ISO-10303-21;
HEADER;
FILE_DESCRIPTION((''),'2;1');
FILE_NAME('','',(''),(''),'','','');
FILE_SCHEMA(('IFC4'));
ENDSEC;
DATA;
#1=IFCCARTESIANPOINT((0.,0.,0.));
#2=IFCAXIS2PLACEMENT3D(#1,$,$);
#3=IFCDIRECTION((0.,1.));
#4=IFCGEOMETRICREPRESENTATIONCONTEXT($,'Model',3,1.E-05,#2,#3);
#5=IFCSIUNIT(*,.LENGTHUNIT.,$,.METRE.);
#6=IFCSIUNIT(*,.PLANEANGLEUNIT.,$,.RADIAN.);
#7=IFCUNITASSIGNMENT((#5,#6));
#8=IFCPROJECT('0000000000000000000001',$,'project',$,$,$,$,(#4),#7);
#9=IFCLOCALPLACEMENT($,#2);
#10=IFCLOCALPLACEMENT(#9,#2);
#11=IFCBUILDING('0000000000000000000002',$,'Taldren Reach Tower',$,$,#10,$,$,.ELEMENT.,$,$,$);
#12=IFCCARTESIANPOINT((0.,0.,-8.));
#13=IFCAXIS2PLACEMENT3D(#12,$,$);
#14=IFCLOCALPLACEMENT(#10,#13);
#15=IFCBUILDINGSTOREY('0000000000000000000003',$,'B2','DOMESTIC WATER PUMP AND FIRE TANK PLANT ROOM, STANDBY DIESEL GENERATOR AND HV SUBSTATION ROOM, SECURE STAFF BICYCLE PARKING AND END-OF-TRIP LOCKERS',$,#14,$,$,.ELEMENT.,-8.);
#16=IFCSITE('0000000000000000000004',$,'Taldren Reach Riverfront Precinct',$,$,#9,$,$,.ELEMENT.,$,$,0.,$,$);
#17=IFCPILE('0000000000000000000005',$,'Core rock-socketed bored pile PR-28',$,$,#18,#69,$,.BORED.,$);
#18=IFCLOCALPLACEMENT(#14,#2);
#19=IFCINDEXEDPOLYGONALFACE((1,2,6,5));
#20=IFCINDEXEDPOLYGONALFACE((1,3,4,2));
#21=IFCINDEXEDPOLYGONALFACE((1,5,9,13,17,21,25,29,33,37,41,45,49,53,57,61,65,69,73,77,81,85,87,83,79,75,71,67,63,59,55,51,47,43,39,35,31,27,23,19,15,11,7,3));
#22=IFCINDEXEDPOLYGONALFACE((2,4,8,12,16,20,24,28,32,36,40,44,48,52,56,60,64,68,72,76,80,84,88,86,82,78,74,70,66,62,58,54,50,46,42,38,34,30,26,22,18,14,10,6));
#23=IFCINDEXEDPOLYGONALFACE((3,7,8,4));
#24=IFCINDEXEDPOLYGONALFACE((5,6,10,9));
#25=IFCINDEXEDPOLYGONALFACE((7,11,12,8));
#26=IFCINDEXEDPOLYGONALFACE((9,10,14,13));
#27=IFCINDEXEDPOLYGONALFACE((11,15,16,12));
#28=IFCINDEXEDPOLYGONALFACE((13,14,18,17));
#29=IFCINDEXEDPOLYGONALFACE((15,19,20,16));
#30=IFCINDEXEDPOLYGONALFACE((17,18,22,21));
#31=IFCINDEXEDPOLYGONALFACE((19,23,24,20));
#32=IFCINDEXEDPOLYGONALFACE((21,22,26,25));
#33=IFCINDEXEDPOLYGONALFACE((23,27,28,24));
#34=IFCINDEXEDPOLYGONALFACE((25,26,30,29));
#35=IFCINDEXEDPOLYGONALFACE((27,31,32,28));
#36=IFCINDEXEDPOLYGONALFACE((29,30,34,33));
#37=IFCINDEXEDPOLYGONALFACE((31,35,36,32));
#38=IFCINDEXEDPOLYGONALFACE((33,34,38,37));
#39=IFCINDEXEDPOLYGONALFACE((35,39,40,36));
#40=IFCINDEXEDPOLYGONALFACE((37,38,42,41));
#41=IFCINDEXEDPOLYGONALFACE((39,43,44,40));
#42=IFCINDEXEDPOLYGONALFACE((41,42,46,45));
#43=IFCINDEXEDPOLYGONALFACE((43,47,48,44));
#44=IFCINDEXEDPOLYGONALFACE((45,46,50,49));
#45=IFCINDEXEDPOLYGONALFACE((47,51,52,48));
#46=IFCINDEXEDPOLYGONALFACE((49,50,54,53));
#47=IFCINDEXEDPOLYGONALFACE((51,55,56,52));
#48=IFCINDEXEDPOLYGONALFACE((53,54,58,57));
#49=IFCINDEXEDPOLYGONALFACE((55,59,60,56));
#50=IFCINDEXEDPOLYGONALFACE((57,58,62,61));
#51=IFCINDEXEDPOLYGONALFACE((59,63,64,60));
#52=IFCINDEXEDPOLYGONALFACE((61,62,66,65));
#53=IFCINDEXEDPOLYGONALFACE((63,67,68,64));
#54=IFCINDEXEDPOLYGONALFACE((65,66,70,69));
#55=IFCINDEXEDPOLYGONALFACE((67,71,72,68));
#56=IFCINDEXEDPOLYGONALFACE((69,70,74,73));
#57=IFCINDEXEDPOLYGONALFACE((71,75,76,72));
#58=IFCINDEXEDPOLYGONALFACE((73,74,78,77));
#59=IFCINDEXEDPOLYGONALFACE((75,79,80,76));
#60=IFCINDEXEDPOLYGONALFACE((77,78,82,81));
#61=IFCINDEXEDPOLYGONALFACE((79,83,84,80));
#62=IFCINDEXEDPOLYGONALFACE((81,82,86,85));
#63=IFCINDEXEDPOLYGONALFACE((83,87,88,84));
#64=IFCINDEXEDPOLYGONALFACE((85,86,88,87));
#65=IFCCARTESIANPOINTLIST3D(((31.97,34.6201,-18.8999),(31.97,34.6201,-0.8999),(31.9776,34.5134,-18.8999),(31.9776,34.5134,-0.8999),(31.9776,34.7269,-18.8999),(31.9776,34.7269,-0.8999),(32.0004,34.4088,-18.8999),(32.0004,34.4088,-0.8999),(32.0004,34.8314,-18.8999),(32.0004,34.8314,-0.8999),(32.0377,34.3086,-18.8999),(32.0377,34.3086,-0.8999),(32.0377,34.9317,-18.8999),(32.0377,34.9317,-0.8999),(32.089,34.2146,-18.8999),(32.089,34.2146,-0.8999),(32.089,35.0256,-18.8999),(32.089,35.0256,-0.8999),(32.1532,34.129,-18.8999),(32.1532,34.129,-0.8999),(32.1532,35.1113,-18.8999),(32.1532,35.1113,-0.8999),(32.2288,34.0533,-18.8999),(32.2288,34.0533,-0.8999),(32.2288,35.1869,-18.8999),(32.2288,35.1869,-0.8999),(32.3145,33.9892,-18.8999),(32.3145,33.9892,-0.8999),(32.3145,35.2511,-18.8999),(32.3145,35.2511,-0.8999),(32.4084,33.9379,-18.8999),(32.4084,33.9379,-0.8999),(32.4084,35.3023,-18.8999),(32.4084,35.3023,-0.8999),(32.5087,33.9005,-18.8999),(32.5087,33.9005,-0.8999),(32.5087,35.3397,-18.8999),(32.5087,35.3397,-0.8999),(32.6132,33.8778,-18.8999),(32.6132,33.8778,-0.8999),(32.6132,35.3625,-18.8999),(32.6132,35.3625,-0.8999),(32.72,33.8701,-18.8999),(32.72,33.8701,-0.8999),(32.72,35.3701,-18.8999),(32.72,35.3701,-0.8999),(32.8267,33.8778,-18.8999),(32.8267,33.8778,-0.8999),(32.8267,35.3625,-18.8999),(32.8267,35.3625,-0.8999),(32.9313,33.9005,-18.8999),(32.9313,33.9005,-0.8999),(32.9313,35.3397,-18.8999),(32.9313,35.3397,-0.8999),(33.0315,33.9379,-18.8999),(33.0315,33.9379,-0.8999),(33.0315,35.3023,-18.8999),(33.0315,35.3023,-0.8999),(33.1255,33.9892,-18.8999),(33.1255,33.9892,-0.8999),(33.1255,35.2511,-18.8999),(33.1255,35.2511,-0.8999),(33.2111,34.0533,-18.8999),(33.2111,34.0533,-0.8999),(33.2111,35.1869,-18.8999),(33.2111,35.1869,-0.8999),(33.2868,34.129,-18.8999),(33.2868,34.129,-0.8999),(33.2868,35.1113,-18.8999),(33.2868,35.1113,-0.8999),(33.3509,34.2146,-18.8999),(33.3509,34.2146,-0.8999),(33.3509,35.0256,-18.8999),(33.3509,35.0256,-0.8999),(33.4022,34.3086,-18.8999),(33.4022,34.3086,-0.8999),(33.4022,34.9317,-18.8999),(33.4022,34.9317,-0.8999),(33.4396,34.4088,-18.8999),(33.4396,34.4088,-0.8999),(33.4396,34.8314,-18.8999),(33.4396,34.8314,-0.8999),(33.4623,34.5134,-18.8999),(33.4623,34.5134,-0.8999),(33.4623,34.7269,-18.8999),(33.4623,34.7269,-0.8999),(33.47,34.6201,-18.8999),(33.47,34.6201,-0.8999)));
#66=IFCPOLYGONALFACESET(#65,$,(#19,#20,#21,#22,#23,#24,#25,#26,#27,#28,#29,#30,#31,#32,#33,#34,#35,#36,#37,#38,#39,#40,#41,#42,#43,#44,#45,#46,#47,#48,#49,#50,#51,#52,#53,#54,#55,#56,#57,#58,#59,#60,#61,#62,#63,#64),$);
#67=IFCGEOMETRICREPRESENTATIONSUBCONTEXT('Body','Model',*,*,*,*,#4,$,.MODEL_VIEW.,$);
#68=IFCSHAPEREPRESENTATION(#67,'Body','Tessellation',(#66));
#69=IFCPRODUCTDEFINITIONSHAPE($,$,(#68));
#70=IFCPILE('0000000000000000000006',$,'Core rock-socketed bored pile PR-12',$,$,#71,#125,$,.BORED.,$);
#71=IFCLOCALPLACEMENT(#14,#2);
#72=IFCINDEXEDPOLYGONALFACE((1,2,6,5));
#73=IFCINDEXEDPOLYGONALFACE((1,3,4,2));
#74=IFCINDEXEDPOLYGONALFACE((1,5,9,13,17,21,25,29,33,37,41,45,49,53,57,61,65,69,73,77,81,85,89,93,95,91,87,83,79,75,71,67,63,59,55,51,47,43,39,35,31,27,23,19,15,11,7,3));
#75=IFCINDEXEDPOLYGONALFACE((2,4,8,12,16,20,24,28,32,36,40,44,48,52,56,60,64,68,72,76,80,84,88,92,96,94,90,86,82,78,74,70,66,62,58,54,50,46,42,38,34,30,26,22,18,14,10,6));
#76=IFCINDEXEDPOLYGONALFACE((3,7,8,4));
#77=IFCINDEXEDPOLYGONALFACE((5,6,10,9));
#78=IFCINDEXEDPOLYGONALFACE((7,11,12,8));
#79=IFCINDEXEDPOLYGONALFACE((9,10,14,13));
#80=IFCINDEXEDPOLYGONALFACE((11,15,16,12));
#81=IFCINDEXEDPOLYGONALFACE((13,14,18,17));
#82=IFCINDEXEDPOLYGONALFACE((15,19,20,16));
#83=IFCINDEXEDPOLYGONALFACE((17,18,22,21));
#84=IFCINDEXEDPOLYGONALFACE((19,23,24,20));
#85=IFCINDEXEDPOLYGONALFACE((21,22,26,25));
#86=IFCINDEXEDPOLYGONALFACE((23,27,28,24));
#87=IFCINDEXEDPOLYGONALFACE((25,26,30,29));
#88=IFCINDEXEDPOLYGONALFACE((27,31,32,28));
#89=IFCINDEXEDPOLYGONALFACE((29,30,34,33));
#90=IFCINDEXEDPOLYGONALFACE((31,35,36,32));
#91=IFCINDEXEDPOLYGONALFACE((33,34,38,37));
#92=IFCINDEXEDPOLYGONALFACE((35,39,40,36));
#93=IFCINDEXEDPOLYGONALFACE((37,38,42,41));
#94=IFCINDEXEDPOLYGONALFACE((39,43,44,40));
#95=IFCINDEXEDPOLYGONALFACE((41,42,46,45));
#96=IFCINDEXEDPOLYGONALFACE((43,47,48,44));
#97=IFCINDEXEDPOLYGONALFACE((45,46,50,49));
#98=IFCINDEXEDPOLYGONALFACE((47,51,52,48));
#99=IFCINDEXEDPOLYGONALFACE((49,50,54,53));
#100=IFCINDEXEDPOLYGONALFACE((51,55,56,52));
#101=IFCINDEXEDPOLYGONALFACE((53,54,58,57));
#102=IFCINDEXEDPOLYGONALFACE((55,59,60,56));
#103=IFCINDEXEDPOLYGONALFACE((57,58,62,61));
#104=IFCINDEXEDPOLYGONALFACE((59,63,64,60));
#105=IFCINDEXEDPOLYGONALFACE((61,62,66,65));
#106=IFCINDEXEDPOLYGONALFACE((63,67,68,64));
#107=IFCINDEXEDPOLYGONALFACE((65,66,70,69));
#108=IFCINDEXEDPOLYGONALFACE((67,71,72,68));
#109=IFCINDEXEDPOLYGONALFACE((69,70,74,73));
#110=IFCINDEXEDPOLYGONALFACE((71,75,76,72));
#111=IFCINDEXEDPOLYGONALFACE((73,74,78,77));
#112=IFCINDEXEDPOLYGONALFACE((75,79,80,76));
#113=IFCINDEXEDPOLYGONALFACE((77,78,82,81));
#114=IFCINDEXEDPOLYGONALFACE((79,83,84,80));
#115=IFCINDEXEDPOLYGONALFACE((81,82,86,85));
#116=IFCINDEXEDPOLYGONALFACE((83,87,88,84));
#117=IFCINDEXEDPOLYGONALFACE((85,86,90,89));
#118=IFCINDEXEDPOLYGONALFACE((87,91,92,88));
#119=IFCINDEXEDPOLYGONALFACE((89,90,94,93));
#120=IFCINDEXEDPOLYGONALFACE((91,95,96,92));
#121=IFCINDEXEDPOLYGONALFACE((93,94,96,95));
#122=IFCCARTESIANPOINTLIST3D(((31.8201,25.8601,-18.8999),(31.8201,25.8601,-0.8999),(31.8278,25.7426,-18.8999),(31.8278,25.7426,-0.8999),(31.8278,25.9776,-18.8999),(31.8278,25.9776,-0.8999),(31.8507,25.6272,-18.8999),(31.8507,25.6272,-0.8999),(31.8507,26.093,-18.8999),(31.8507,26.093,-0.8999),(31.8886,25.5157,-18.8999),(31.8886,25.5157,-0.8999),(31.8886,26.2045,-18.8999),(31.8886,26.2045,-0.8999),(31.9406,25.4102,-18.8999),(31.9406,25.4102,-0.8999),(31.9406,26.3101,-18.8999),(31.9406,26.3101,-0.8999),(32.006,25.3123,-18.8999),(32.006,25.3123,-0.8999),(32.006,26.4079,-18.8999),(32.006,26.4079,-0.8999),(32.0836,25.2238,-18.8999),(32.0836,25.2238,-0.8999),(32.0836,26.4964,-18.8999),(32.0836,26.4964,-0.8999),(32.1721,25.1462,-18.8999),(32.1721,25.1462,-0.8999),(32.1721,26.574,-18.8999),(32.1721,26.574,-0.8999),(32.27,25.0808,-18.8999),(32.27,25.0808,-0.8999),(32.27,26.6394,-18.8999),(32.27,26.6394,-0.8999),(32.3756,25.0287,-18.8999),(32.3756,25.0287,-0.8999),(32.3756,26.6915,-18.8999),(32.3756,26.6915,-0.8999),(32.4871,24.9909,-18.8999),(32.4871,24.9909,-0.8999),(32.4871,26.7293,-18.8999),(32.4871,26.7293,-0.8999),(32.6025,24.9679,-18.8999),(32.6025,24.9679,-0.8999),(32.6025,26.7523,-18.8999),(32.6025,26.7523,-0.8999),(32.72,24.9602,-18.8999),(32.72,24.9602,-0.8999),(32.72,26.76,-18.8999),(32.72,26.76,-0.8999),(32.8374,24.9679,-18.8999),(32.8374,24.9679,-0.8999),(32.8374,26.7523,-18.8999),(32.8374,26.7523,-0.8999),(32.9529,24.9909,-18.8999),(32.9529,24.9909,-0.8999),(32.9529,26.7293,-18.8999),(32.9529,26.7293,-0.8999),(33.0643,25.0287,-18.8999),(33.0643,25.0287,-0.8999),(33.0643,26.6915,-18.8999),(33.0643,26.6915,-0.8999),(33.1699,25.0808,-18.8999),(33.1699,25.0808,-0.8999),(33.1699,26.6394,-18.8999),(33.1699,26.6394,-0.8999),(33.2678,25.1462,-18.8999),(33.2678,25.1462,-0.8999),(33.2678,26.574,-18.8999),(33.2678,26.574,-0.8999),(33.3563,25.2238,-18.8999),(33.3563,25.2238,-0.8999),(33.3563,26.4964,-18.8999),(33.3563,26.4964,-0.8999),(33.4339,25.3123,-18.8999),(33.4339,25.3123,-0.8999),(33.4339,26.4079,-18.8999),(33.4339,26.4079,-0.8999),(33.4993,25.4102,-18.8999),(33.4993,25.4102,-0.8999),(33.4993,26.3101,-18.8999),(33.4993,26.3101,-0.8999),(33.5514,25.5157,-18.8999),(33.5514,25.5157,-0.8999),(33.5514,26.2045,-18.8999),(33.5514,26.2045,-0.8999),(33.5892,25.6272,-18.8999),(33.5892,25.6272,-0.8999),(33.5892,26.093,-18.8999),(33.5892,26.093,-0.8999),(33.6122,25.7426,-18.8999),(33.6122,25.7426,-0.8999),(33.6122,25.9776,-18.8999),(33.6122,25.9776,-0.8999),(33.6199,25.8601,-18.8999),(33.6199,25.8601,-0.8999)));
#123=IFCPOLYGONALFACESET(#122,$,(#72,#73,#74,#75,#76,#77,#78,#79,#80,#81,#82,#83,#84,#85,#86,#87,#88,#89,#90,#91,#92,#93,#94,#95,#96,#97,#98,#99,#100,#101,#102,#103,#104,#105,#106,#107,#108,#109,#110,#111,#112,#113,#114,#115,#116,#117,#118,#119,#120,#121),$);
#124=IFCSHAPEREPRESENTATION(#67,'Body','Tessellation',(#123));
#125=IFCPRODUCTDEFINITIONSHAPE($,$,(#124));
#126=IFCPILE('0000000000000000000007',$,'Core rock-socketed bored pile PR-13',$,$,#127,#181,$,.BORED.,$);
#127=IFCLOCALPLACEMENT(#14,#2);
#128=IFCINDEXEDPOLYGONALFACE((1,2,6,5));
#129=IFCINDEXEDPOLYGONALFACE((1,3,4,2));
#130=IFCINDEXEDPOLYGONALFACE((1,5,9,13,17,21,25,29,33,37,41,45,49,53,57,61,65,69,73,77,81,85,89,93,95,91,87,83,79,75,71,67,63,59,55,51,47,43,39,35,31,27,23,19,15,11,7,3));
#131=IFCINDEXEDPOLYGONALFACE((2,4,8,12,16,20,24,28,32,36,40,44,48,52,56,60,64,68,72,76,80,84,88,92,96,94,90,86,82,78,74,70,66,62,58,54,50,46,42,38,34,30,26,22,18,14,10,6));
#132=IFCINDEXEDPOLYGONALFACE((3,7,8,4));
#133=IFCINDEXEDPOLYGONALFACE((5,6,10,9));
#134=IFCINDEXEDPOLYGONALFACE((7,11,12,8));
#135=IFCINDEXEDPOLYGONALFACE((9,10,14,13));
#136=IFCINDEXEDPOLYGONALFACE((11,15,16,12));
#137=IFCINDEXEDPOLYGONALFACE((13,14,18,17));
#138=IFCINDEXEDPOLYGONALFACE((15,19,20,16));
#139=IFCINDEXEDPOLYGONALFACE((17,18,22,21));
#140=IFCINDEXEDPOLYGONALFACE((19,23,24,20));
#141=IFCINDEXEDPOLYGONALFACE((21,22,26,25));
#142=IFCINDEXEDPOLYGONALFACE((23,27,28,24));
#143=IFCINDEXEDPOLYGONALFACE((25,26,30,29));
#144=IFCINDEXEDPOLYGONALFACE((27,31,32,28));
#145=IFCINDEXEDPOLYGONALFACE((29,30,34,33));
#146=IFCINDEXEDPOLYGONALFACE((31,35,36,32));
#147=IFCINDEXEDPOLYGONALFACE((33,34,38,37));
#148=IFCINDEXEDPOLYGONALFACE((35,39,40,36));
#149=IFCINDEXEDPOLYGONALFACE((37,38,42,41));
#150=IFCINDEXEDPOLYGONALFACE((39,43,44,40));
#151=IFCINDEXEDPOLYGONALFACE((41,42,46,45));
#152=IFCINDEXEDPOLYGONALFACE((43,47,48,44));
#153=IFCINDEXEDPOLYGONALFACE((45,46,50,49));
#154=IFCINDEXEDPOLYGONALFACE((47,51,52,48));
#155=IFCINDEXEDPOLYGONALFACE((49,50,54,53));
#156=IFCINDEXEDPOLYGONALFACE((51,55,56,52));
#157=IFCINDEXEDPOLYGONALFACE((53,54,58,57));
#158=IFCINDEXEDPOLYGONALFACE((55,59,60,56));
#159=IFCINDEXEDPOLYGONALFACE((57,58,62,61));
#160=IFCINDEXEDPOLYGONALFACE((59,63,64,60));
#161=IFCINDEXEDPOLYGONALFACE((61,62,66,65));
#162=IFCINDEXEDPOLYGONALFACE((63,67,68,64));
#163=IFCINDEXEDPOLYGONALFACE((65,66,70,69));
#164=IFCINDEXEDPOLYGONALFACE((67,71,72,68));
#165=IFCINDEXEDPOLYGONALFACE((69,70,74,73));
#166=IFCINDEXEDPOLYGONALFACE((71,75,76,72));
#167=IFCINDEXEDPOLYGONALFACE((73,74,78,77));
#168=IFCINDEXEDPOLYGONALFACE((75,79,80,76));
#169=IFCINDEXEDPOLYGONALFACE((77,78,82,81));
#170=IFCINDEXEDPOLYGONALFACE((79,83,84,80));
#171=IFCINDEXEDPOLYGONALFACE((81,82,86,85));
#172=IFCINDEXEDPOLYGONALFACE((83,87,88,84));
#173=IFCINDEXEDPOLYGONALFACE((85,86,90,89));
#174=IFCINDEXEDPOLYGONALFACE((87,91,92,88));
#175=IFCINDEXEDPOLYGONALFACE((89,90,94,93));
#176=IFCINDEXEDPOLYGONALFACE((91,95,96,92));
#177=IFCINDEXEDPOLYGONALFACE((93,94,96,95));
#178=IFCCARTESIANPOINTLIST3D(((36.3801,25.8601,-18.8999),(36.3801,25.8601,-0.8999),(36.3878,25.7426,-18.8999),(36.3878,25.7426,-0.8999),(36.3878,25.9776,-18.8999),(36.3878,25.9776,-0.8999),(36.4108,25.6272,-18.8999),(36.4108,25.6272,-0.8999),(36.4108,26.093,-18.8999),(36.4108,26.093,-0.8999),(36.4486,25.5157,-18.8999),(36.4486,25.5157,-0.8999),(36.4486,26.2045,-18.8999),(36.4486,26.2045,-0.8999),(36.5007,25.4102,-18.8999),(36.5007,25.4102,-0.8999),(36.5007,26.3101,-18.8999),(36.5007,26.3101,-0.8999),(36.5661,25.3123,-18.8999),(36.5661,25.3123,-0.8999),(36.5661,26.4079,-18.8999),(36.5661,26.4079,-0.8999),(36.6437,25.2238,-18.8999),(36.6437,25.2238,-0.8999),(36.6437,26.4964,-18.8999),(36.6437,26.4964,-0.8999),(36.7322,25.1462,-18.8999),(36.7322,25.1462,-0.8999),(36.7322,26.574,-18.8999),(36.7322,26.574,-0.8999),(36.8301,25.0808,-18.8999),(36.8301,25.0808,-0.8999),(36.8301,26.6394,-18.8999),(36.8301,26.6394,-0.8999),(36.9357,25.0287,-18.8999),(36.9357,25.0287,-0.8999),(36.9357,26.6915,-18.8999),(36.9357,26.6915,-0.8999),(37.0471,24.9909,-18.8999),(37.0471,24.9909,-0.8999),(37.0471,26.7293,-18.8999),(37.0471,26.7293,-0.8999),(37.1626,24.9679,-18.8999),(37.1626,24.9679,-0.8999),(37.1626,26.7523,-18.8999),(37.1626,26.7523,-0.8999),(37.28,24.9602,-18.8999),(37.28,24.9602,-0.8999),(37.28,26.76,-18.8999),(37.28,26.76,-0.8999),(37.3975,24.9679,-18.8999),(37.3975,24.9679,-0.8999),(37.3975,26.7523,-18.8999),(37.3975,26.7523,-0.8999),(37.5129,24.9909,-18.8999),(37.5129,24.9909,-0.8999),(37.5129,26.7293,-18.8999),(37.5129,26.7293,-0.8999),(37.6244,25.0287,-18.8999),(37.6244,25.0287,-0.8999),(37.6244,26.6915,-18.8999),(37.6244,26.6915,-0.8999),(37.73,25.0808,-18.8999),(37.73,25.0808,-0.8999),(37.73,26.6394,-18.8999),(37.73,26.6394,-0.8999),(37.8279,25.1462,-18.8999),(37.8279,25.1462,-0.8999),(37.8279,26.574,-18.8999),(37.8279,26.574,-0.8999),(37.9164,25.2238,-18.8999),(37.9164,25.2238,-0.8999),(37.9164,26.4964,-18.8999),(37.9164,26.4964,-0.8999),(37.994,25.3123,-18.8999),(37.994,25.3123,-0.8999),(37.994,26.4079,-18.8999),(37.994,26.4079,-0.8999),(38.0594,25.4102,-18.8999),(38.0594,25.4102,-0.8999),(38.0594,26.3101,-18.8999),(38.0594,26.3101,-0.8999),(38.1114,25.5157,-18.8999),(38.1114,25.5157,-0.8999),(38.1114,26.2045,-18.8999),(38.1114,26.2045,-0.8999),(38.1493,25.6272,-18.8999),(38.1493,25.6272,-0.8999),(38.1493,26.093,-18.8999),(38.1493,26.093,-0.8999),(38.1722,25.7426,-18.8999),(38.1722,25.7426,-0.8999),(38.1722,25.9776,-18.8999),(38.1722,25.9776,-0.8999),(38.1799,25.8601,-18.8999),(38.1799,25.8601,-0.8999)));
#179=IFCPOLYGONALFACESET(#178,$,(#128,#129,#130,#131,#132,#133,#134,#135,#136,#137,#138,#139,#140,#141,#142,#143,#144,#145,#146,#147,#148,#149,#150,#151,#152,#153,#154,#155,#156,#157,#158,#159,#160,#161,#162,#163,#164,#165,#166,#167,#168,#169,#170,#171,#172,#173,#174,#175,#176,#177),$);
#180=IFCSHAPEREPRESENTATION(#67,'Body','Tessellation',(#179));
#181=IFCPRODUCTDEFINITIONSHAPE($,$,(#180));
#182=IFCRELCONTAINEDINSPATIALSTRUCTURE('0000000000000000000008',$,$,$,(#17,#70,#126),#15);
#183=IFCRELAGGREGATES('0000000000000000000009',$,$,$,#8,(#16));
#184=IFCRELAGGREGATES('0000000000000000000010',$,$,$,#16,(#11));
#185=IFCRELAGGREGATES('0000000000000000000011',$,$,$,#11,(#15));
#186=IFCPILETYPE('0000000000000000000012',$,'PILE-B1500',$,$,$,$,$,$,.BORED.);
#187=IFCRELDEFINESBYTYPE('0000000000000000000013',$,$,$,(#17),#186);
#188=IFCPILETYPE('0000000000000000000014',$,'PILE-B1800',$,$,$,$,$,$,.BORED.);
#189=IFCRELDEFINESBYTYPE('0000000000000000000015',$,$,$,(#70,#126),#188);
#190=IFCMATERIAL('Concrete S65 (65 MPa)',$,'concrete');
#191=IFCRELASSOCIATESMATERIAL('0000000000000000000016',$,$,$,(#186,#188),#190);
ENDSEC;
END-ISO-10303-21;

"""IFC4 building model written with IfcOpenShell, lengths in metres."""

from ifc_helpers import new_model, si_unit, direction, frame, origin, origin_2d, place, context, subcontext, project, spatial, circle, extrude, source, transform, mapped, material, material_profile, profile_set, type_object, element, save


model = new_model("IFC4")

# Units and contexts
model_context = context("Model", 3, precision=1e-05, world=origin(), true_north=direction((0.0, 1.0)))
body_context = subcontext(model_context, "Body", "Model", "MODEL_VIEW")
ifc_project = project(units=[si_unit("LENGTHUNIT", "METRE"), si_unit("PLANEANGLEUNIT", "RADIAN")], contexts=[model_context])

# Site, building, storey
site_placement = place(None, origin())
site = spatial("IfcSite", under=ifc_project, at=site_placement, Name="Taldren Reach Riverfront Precinct", CompositionType="ELEMENT", RefElevation=0.0)
building_placement = place(site_placement, origin())
building = spatial("IfcBuilding", under=site, at=building_placement, Name="Taldren Reach Tower", CompositionType="ELEMENT")
storey_placement = place(building_placement, frame((0.0, 0.0, -8.0)))
storey = spatial("IfcBuildingStorey", under=building, at=storey_placement, Name="B2", Description="DOMESTIC WATER PUMP AND FIRE TANK PLANT ROOM, STANDBY DIESEL GENERATOR AND HV SUBSTATION ROOM, SECURE STAFF BICYCLE PARKING AND END-OF-TRIP LOCKERS", CompositionType="ELEMENT", Elevation=-8.0)

# Piles
ifc_material_1 = material(Name="Concrete S65 (65 MPa)", Category="concrete")
ifc_material_profile_1 = material_profile(ifc_material_1, circle(Radius=0.75, at=origin_2d()), Name="PB-1500")
ifc_profile_set_1 = profile_set([ifc_material_profile_1], Name="Concrete S65 (65 MPa)")
pile_type_1 = type_object("IfcPileType", Name="PILE-B1500", PredefinedType="BORED", material=ifc_profile_set_1)
shared_shape_1 = source(origin(), body_context, "Body", "SweptSolid", [
    extrude(circle(Radius=0.75, at=origin_2d()), origin(), (0.0, 0.0, 1.0), 18.0),
])
pile_placement = place(storey_placement, frame((32.72, 34.6201, -0.8999), z_axis=(0.0, 0.0, -1.0), x_axis=(1.0, 0.0, 0.0)))
element("IfcPile", 1, at=pile_placement, inside=storey, type_object=pile_type_1, Name="Core rock-socketed bored pile PR-28", PredefinedType="BORED", context=body_context, shape_type="MappedRepresentation", body=[
    mapped(shared_shape_1, transform((0.0, 0.0, 0.0), scale=1.0)),
])
ifc_material_profile_2 = material_profile(ifc_material_1, circle(Radius=0.8999, at=origin_2d()), Name="PB-1800")
ifc_profile_set_2 = profile_set([ifc_material_profile_2], Name="Concrete S65 (65 MPa)")
pile_type_2 = type_object("IfcPileType", Name="PILE-B1800", PredefinedType="BORED", material=ifc_profile_set_2)
shared_shape_2 = source(origin(), body_context, "Body", "SweptSolid", [
    extrude(circle(Radius=0.8999, at=origin_2d()), origin(), (0.0, 0.0, 1.0), 18.0),
])
for number, where, z_axis, x_axis, name in (
    (2, (32.72, 25.8601, -0.8999), (0.0, 0.0, -1.0), (1.0, 0.0, 0.0), "Core rock-socketed bored pile PR-12"),
    (3, (37.28, 25.8601, -0.8999), (0.0, 0.0, -1.0), (1.0, 0.0, 0.0), "Core rock-socketed bored pile PR-13"),
):
    element("IfcPile", number, at=place(storey_placement, frame(where, z_axis=z_axis, x_axis=x_axis)), inside=storey, type_object=pile_type_2, Name=name, PredefinedType="BORED", context=body_context, shape_type="MappedRepresentation", body=[
        mapped(shared_shape_2, transform((0.0, 0.0, 0.0), scale=1.0)),
    ])

save(model, "model.ifc")
